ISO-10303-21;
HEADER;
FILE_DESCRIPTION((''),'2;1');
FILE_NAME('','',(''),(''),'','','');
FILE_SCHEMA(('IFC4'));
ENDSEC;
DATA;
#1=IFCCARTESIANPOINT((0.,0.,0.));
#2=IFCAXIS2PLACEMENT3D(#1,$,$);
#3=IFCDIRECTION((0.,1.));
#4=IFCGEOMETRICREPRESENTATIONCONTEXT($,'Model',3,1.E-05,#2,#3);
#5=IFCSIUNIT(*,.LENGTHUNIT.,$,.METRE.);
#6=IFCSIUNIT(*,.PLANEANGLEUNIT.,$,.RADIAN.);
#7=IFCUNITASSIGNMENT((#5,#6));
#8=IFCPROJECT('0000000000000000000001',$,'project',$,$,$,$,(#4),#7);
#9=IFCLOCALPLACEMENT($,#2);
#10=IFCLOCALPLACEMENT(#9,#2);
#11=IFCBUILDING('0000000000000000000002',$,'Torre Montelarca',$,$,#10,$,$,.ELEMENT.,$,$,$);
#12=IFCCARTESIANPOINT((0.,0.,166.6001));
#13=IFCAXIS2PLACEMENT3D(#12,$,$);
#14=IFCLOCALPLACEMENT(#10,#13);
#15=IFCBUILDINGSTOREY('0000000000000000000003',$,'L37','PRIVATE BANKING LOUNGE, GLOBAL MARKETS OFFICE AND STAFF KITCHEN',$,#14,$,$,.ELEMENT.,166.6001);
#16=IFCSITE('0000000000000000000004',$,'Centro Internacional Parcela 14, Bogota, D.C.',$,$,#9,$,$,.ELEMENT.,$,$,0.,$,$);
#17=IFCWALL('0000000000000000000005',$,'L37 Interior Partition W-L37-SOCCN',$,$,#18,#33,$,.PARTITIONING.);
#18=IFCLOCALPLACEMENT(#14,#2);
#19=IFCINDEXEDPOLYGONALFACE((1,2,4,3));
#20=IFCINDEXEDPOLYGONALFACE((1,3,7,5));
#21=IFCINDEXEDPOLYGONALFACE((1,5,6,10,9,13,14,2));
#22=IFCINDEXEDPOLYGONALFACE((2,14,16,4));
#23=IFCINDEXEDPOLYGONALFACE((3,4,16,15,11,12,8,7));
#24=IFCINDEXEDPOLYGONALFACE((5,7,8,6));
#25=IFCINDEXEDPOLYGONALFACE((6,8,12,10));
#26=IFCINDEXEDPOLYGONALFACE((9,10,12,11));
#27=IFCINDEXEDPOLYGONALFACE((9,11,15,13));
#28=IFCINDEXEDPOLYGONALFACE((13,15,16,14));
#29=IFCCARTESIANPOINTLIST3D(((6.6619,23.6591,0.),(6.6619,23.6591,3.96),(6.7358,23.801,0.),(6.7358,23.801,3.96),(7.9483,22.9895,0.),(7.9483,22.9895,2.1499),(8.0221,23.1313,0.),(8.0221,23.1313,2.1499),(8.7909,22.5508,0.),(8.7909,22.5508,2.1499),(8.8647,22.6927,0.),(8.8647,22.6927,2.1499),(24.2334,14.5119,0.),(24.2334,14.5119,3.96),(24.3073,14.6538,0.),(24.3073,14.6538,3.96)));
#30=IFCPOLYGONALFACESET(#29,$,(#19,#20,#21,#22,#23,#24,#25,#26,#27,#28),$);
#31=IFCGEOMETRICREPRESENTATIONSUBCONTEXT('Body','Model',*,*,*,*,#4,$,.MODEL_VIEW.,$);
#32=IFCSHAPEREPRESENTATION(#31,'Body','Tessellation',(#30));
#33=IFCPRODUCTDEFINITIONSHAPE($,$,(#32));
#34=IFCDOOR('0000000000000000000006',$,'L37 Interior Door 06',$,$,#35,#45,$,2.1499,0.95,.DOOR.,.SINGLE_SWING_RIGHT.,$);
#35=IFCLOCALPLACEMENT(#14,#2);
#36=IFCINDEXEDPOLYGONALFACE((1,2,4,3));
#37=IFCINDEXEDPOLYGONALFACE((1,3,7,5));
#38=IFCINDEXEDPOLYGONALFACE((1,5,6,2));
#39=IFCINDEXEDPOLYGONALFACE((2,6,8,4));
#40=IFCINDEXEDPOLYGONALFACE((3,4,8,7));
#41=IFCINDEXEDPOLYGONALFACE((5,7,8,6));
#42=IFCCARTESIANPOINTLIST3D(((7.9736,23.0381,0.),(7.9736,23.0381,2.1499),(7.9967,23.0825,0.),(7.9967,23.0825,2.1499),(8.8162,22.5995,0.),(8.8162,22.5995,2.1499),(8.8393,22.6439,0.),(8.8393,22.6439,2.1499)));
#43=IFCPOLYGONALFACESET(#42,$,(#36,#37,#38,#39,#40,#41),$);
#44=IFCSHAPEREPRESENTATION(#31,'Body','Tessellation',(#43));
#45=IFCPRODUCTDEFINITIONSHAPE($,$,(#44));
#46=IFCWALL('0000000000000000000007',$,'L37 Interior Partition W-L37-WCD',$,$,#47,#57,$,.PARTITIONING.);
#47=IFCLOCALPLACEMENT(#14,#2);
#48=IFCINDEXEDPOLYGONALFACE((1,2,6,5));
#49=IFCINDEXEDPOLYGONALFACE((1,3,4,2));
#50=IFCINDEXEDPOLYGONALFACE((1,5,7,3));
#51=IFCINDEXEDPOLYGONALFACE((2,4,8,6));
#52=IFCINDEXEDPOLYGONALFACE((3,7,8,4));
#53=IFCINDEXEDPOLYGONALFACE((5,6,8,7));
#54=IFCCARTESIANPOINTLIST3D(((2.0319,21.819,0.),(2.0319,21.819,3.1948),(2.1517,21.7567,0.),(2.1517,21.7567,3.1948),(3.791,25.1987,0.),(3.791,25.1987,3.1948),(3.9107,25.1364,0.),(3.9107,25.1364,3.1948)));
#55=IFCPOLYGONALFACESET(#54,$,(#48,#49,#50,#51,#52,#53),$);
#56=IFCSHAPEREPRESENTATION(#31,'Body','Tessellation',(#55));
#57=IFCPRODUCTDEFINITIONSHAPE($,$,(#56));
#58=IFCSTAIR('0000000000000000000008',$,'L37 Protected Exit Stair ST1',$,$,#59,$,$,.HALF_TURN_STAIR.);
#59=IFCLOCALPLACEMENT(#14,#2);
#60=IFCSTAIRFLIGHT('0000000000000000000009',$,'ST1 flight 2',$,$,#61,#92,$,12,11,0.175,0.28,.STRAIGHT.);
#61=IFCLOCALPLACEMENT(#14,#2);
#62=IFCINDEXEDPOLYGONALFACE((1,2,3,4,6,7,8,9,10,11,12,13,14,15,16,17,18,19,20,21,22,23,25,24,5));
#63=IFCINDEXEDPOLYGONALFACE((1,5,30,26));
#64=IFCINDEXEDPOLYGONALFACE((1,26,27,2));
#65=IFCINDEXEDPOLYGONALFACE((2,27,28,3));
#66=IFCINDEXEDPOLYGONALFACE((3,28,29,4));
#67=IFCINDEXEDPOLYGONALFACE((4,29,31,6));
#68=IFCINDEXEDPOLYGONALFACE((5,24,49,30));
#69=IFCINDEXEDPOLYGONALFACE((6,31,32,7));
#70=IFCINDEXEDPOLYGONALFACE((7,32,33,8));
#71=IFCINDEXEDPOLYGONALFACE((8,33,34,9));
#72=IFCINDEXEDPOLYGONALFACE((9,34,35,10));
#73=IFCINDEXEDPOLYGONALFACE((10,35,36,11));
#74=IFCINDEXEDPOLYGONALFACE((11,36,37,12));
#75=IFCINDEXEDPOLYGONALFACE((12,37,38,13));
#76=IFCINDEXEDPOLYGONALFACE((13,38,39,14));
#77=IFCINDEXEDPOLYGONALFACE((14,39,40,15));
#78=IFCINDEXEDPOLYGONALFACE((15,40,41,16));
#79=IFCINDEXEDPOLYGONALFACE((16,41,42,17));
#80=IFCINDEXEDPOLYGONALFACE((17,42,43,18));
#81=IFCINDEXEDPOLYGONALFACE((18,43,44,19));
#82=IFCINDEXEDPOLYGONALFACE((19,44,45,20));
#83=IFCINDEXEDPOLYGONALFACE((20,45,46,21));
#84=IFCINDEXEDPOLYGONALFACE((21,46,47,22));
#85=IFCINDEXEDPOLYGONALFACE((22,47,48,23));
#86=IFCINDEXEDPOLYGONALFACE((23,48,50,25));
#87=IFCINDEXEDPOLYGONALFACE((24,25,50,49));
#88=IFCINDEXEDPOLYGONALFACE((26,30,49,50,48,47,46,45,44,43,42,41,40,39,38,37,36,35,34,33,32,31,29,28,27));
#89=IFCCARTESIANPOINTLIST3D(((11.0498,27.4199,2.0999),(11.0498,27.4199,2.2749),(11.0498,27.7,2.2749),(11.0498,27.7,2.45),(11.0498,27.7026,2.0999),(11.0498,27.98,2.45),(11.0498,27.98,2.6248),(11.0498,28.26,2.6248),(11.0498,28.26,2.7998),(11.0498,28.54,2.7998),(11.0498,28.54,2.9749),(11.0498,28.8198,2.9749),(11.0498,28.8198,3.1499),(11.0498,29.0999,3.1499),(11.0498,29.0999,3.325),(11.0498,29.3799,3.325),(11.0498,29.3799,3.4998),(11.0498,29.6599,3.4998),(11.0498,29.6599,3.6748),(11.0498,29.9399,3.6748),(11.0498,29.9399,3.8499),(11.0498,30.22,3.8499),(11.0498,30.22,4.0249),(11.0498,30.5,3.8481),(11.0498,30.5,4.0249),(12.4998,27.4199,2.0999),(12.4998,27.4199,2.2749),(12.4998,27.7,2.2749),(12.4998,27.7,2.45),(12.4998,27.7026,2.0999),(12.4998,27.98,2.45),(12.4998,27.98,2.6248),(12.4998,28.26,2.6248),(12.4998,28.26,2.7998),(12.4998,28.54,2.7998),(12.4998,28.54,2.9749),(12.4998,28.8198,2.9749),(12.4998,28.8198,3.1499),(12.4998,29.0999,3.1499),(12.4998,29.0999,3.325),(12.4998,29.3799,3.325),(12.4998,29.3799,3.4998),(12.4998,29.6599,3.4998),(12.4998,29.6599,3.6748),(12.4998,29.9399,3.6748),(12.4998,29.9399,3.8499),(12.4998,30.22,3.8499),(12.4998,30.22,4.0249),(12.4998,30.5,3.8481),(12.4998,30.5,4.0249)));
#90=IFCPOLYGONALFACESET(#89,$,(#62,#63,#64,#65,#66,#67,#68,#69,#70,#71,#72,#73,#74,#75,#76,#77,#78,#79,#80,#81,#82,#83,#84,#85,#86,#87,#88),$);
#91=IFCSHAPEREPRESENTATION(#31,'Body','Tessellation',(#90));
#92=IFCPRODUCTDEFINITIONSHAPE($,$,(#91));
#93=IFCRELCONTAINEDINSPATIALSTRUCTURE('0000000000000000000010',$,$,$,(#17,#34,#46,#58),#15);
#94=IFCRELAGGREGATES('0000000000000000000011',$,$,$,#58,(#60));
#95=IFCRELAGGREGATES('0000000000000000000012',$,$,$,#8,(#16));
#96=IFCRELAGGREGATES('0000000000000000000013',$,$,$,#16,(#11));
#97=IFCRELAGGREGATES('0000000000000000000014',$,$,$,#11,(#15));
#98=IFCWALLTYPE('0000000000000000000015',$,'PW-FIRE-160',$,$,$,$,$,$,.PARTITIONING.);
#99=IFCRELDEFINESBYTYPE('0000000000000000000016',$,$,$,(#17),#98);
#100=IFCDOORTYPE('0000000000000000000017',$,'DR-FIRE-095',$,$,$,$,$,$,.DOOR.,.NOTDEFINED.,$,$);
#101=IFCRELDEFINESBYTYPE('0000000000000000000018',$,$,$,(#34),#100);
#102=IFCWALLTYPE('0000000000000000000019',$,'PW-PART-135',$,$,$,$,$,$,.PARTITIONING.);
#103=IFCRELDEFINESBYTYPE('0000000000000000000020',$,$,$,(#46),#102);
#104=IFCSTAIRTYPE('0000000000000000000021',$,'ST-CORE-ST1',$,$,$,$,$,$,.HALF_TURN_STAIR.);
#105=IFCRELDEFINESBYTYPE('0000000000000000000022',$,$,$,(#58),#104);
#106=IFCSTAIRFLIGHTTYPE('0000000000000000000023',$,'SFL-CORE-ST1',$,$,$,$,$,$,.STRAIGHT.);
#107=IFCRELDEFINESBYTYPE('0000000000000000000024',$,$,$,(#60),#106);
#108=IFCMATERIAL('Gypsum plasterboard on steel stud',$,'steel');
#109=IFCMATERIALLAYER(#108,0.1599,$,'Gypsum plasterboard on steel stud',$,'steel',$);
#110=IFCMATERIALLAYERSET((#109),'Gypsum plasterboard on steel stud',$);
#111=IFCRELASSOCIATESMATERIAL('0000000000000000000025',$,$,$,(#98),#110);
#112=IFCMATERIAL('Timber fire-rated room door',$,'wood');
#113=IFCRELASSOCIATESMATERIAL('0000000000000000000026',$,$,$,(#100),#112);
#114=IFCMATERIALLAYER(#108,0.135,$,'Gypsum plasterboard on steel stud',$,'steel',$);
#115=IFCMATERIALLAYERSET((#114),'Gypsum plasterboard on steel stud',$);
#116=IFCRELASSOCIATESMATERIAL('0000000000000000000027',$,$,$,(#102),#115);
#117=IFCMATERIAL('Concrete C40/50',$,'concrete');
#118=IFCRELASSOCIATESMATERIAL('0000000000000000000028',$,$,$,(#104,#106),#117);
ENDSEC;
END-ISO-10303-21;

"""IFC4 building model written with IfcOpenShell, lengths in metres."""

from ifc_helpers import new_model, si_unit, direction, frame, frame_2d, origin, place, context, subcontext, project, spatial, polyline, rectangle, outline, extrude, source, transform, mapped, material, layer, layer_set, type_object, element, fill, aggregate, save


model = new_model("IFC4")

# Units and contexts
model_context = context("Model", 3, precision=1e-05, world=origin(), true_north=direction((0.0, 1.0)))
body_context = subcontext(model_context, "Body", "Model", "MODEL_VIEW")
ifc_project = project(units=[si_unit("LENGTHUNIT", "METRE"), si_unit("PLANEANGLEUNIT", "RADIAN")], contexts=[model_context])

# Site, building, storey
site_placement = place(None, origin())
site = spatial("IfcSite", under=ifc_project, at=site_placement, Name="Centro Internacional Parcela 14, Bogota, D.C.", CompositionType="ELEMENT", RefElevation=0.0)
building_placement = place(site_placement, origin())
building = spatial("IfcBuilding", under=site, at=building_placement, Name="Torre Montelarca", CompositionType="ELEMENT")
storey_placement = place(building_placement, frame((0.0, 0.0, 166.6001)))
storey = spatial("IfcBuildingStorey", under=building, at=storey_placement, Name="L37", Description="PRIVATE BANKING LOUNGE, GLOBAL MARKETS OFFICE AND STAFF KITCHEN", CompositionType="ELEMENT", Elevation=166.6001)

# Shared definitions
ifc_material_1 = material(Name="Concrete C40/50", Category="concrete")

# Shared definitions
ifc_material_2 = material(Name="Gypsum plasterboard on steel stud", Category="steel")
ifc_layer_1 = layer(ifc_material_2, 0.1599, Name="Gypsum plasterboard on steel stud", Category="steel")
ifc_layer_set_1 = layer_set([ifc_layer_1], Name="Gypsum plasterboard on steel stud")
wall_type_1 = type_object("IfcWallType", Name="PW-FIRE-160", PredefinedType="PARTITIONING", material=ifc_layer_set_1)

# Wall, opening, door
wall_1_placement = place(storey_placement, frame((6.699, 23.73, 0.0), z_axis=(0.0, 0.0, 1.0), x_axis=(0.88701, -0.461751, 0.0)))
wall_1 = element("IfcWall", 1, at=wall_1_placement, inside=storey, type_object=wall_type_1, Name="L37 Interior Partition W-L37-SOCCN", PredefinedType="PARTITIONING", context=body_context, shape_type="SweptSolid", body=[
    extrude(rectangle(XDim=19.8098, YDim=0.1599, at=frame_2d((9.9048, 0.0))), origin(), (0.0, 0.0, 1.0), 3.96),
])
opening_1_placement = place(wall_1_placement, frame((1.45, 0.0, 0.0)))
opening_1 = element("IfcOpeningElement", 2, at=opening_1_placement, cuts=wall_1, PredefinedType="OPENING", context=body_context, shape_type="SweptSolid", body=[
    extrude(rectangle(XDim=0.95, YDim=2.1499, at=frame_2d((0.4751, 1.075))), frame((0.0, 0.0898, 0.0), z_axis=(0.0, -1.0, 0.0), x_axis=(1.0, 0.0, 0.0)), (0.0, 0.0, 1.0), 0.1799),
])
ifc_material_3 = material(Name="Timber fire-rated room door", Category="wood")
door_type_1 = type_object("IfcDoorType", Name="DR-FIRE-095", OperationType="NOTDEFINED", PredefinedType="DOOR", material=ifc_material_3)
shared_shape_1 = source(origin(), body_context, "Body", "SweptSolid", [
    extrude(rectangle(XDim=0.95, YDim=2.1499, at=frame_2d((0.4751, 1.075))), frame((0.0, 0.0249, 0.0), z_axis=(0.0, -1.0, 0.0), x_axis=(1.0, 0.0, 0.0)), (0.0, 0.0, 1.0), 0.05),
])
door_1_placement = place(opening_1_placement, origin())
door_1 = element("IfcDoor", 3, at=door_1_placement, inside=storey, type_object=door_type_1, Name="L37 Interior Door 06", OperationType="SINGLE_SWING_RIGHT", OverallHeight=2.1499, OverallWidth=0.95, PredefinedType="DOOR", context=body_context, shape_type="MappedRepresentation", body=[
    mapped(shared_shape_1, transform((0.0, 0.0, 0.0), scale=1.0)),
])
fill(opening_1, door_1)

# Wall
ifc_layer_2 = layer(ifc_material_2, 0.135, Name="Gypsum plasterboard on steel stud", Category="steel")
ifc_layer_set_2 = layer_set([ifc_layer_2], Name="Gypsum plasterboard on steel stud")
wall_type_2 = type_object("IfcWallType", Name="PW-PART-135", PredefinedType="PARTITIONING", material=ifc_layer_set_2)
wall_2_placement = place(storey_placement, frame((2.0918, 21.7878, 0.0), z_axis=(0.0, 0.0, 1.0), x_axis=(0.461688, 0.887043, 0.0)))
element("IfcWall", 4, at=wall_2_placement, inside=storey, type_object=wall_type_2, Name="L37 Interior Partition W-L37-WCD", PredefinedType="PARTITIONING", context=body_context, shape_type="SweptSolid", body=[
    extrude(rectangle(XDim=3.8101, YDim=0.135, at=frame_2d((1.905, 0.0))), origin(), (0.0, 0.0, 1.0), 3.1948),
])

# Stair, stair flight
stair_type = type_object("IfcStairType", Name="ST-CORE-ST1", PredefinedType="HALF_TURN_STAIR", material=ifc_material_1)
stair_placement = place(storey_placement, origin())
stair = element("IfcStair", 5, at=stair_placement, inside=storey, type_object=stair_type, Name="L37 Protected Exit Stair ST1", PredefinedType="HALF_TURN_STAIR")
stair_flight_type = type_object("IfcStairFlightType", Name="SFL-CORE-ST1", PredefinedType="STRAIGHT", material=ifc_material_1)
stair_flight_placement = place(storey_placement, frame((11.7749, 27.4199, 2.0999), z_axis=(0.0, 0.0, 1.0), x_axis=(0.0, 1.0, 0.0)))
stair_flight = element("IfcStairFlight", 6, at=stair_flight_placement, type_object=stair_flight_type, Name="ST1 flight 2", NumberOfRisers=12, NumberOfTreads=11, PredefinedType="STRAIGHT", RiserHeight=0.175, TreadLength=0.28, context=body_context, shape_type="SweptSolid", body=[
    extrude(outline(polyline([(0.0, 0.0), (0.0, 0.175), (0.28, 0.175), (0.28, 0.3501), (0.5601, 0.3501), (0.5601, 0.5249), (0.8401, 0.5249), (0.8401, 0.7), (1.1201, 0.7), (1.1201, 0.875), (1.3999, 0.875), (1.3999, 1.05), (1.6799, 1.05), (1.6799, 1.2251), (1.96, 1.2251), (1.96, 1.3999), (2.24, 1.3999), (2.24, 1.575), (2.52, 1.575), (2.52, 1.75), (2.8, 1.75), (2.8, 1.925), (3.0801, 1.925), (3.0801, 2.1001), (3.0801, 1.7483), (0.2827, 0.0), (0.0, 0.0)])), frame((0.0, 0.7251, 0.0), z_axis=(0.0, -1.0, 0.0), x_axis=(1.0, 0.0, 0.0)), (0.0, 0.0, 1.0), 1.45),
])
aggregate(stair, [stair_flight])

save(model, "model.ifc")
